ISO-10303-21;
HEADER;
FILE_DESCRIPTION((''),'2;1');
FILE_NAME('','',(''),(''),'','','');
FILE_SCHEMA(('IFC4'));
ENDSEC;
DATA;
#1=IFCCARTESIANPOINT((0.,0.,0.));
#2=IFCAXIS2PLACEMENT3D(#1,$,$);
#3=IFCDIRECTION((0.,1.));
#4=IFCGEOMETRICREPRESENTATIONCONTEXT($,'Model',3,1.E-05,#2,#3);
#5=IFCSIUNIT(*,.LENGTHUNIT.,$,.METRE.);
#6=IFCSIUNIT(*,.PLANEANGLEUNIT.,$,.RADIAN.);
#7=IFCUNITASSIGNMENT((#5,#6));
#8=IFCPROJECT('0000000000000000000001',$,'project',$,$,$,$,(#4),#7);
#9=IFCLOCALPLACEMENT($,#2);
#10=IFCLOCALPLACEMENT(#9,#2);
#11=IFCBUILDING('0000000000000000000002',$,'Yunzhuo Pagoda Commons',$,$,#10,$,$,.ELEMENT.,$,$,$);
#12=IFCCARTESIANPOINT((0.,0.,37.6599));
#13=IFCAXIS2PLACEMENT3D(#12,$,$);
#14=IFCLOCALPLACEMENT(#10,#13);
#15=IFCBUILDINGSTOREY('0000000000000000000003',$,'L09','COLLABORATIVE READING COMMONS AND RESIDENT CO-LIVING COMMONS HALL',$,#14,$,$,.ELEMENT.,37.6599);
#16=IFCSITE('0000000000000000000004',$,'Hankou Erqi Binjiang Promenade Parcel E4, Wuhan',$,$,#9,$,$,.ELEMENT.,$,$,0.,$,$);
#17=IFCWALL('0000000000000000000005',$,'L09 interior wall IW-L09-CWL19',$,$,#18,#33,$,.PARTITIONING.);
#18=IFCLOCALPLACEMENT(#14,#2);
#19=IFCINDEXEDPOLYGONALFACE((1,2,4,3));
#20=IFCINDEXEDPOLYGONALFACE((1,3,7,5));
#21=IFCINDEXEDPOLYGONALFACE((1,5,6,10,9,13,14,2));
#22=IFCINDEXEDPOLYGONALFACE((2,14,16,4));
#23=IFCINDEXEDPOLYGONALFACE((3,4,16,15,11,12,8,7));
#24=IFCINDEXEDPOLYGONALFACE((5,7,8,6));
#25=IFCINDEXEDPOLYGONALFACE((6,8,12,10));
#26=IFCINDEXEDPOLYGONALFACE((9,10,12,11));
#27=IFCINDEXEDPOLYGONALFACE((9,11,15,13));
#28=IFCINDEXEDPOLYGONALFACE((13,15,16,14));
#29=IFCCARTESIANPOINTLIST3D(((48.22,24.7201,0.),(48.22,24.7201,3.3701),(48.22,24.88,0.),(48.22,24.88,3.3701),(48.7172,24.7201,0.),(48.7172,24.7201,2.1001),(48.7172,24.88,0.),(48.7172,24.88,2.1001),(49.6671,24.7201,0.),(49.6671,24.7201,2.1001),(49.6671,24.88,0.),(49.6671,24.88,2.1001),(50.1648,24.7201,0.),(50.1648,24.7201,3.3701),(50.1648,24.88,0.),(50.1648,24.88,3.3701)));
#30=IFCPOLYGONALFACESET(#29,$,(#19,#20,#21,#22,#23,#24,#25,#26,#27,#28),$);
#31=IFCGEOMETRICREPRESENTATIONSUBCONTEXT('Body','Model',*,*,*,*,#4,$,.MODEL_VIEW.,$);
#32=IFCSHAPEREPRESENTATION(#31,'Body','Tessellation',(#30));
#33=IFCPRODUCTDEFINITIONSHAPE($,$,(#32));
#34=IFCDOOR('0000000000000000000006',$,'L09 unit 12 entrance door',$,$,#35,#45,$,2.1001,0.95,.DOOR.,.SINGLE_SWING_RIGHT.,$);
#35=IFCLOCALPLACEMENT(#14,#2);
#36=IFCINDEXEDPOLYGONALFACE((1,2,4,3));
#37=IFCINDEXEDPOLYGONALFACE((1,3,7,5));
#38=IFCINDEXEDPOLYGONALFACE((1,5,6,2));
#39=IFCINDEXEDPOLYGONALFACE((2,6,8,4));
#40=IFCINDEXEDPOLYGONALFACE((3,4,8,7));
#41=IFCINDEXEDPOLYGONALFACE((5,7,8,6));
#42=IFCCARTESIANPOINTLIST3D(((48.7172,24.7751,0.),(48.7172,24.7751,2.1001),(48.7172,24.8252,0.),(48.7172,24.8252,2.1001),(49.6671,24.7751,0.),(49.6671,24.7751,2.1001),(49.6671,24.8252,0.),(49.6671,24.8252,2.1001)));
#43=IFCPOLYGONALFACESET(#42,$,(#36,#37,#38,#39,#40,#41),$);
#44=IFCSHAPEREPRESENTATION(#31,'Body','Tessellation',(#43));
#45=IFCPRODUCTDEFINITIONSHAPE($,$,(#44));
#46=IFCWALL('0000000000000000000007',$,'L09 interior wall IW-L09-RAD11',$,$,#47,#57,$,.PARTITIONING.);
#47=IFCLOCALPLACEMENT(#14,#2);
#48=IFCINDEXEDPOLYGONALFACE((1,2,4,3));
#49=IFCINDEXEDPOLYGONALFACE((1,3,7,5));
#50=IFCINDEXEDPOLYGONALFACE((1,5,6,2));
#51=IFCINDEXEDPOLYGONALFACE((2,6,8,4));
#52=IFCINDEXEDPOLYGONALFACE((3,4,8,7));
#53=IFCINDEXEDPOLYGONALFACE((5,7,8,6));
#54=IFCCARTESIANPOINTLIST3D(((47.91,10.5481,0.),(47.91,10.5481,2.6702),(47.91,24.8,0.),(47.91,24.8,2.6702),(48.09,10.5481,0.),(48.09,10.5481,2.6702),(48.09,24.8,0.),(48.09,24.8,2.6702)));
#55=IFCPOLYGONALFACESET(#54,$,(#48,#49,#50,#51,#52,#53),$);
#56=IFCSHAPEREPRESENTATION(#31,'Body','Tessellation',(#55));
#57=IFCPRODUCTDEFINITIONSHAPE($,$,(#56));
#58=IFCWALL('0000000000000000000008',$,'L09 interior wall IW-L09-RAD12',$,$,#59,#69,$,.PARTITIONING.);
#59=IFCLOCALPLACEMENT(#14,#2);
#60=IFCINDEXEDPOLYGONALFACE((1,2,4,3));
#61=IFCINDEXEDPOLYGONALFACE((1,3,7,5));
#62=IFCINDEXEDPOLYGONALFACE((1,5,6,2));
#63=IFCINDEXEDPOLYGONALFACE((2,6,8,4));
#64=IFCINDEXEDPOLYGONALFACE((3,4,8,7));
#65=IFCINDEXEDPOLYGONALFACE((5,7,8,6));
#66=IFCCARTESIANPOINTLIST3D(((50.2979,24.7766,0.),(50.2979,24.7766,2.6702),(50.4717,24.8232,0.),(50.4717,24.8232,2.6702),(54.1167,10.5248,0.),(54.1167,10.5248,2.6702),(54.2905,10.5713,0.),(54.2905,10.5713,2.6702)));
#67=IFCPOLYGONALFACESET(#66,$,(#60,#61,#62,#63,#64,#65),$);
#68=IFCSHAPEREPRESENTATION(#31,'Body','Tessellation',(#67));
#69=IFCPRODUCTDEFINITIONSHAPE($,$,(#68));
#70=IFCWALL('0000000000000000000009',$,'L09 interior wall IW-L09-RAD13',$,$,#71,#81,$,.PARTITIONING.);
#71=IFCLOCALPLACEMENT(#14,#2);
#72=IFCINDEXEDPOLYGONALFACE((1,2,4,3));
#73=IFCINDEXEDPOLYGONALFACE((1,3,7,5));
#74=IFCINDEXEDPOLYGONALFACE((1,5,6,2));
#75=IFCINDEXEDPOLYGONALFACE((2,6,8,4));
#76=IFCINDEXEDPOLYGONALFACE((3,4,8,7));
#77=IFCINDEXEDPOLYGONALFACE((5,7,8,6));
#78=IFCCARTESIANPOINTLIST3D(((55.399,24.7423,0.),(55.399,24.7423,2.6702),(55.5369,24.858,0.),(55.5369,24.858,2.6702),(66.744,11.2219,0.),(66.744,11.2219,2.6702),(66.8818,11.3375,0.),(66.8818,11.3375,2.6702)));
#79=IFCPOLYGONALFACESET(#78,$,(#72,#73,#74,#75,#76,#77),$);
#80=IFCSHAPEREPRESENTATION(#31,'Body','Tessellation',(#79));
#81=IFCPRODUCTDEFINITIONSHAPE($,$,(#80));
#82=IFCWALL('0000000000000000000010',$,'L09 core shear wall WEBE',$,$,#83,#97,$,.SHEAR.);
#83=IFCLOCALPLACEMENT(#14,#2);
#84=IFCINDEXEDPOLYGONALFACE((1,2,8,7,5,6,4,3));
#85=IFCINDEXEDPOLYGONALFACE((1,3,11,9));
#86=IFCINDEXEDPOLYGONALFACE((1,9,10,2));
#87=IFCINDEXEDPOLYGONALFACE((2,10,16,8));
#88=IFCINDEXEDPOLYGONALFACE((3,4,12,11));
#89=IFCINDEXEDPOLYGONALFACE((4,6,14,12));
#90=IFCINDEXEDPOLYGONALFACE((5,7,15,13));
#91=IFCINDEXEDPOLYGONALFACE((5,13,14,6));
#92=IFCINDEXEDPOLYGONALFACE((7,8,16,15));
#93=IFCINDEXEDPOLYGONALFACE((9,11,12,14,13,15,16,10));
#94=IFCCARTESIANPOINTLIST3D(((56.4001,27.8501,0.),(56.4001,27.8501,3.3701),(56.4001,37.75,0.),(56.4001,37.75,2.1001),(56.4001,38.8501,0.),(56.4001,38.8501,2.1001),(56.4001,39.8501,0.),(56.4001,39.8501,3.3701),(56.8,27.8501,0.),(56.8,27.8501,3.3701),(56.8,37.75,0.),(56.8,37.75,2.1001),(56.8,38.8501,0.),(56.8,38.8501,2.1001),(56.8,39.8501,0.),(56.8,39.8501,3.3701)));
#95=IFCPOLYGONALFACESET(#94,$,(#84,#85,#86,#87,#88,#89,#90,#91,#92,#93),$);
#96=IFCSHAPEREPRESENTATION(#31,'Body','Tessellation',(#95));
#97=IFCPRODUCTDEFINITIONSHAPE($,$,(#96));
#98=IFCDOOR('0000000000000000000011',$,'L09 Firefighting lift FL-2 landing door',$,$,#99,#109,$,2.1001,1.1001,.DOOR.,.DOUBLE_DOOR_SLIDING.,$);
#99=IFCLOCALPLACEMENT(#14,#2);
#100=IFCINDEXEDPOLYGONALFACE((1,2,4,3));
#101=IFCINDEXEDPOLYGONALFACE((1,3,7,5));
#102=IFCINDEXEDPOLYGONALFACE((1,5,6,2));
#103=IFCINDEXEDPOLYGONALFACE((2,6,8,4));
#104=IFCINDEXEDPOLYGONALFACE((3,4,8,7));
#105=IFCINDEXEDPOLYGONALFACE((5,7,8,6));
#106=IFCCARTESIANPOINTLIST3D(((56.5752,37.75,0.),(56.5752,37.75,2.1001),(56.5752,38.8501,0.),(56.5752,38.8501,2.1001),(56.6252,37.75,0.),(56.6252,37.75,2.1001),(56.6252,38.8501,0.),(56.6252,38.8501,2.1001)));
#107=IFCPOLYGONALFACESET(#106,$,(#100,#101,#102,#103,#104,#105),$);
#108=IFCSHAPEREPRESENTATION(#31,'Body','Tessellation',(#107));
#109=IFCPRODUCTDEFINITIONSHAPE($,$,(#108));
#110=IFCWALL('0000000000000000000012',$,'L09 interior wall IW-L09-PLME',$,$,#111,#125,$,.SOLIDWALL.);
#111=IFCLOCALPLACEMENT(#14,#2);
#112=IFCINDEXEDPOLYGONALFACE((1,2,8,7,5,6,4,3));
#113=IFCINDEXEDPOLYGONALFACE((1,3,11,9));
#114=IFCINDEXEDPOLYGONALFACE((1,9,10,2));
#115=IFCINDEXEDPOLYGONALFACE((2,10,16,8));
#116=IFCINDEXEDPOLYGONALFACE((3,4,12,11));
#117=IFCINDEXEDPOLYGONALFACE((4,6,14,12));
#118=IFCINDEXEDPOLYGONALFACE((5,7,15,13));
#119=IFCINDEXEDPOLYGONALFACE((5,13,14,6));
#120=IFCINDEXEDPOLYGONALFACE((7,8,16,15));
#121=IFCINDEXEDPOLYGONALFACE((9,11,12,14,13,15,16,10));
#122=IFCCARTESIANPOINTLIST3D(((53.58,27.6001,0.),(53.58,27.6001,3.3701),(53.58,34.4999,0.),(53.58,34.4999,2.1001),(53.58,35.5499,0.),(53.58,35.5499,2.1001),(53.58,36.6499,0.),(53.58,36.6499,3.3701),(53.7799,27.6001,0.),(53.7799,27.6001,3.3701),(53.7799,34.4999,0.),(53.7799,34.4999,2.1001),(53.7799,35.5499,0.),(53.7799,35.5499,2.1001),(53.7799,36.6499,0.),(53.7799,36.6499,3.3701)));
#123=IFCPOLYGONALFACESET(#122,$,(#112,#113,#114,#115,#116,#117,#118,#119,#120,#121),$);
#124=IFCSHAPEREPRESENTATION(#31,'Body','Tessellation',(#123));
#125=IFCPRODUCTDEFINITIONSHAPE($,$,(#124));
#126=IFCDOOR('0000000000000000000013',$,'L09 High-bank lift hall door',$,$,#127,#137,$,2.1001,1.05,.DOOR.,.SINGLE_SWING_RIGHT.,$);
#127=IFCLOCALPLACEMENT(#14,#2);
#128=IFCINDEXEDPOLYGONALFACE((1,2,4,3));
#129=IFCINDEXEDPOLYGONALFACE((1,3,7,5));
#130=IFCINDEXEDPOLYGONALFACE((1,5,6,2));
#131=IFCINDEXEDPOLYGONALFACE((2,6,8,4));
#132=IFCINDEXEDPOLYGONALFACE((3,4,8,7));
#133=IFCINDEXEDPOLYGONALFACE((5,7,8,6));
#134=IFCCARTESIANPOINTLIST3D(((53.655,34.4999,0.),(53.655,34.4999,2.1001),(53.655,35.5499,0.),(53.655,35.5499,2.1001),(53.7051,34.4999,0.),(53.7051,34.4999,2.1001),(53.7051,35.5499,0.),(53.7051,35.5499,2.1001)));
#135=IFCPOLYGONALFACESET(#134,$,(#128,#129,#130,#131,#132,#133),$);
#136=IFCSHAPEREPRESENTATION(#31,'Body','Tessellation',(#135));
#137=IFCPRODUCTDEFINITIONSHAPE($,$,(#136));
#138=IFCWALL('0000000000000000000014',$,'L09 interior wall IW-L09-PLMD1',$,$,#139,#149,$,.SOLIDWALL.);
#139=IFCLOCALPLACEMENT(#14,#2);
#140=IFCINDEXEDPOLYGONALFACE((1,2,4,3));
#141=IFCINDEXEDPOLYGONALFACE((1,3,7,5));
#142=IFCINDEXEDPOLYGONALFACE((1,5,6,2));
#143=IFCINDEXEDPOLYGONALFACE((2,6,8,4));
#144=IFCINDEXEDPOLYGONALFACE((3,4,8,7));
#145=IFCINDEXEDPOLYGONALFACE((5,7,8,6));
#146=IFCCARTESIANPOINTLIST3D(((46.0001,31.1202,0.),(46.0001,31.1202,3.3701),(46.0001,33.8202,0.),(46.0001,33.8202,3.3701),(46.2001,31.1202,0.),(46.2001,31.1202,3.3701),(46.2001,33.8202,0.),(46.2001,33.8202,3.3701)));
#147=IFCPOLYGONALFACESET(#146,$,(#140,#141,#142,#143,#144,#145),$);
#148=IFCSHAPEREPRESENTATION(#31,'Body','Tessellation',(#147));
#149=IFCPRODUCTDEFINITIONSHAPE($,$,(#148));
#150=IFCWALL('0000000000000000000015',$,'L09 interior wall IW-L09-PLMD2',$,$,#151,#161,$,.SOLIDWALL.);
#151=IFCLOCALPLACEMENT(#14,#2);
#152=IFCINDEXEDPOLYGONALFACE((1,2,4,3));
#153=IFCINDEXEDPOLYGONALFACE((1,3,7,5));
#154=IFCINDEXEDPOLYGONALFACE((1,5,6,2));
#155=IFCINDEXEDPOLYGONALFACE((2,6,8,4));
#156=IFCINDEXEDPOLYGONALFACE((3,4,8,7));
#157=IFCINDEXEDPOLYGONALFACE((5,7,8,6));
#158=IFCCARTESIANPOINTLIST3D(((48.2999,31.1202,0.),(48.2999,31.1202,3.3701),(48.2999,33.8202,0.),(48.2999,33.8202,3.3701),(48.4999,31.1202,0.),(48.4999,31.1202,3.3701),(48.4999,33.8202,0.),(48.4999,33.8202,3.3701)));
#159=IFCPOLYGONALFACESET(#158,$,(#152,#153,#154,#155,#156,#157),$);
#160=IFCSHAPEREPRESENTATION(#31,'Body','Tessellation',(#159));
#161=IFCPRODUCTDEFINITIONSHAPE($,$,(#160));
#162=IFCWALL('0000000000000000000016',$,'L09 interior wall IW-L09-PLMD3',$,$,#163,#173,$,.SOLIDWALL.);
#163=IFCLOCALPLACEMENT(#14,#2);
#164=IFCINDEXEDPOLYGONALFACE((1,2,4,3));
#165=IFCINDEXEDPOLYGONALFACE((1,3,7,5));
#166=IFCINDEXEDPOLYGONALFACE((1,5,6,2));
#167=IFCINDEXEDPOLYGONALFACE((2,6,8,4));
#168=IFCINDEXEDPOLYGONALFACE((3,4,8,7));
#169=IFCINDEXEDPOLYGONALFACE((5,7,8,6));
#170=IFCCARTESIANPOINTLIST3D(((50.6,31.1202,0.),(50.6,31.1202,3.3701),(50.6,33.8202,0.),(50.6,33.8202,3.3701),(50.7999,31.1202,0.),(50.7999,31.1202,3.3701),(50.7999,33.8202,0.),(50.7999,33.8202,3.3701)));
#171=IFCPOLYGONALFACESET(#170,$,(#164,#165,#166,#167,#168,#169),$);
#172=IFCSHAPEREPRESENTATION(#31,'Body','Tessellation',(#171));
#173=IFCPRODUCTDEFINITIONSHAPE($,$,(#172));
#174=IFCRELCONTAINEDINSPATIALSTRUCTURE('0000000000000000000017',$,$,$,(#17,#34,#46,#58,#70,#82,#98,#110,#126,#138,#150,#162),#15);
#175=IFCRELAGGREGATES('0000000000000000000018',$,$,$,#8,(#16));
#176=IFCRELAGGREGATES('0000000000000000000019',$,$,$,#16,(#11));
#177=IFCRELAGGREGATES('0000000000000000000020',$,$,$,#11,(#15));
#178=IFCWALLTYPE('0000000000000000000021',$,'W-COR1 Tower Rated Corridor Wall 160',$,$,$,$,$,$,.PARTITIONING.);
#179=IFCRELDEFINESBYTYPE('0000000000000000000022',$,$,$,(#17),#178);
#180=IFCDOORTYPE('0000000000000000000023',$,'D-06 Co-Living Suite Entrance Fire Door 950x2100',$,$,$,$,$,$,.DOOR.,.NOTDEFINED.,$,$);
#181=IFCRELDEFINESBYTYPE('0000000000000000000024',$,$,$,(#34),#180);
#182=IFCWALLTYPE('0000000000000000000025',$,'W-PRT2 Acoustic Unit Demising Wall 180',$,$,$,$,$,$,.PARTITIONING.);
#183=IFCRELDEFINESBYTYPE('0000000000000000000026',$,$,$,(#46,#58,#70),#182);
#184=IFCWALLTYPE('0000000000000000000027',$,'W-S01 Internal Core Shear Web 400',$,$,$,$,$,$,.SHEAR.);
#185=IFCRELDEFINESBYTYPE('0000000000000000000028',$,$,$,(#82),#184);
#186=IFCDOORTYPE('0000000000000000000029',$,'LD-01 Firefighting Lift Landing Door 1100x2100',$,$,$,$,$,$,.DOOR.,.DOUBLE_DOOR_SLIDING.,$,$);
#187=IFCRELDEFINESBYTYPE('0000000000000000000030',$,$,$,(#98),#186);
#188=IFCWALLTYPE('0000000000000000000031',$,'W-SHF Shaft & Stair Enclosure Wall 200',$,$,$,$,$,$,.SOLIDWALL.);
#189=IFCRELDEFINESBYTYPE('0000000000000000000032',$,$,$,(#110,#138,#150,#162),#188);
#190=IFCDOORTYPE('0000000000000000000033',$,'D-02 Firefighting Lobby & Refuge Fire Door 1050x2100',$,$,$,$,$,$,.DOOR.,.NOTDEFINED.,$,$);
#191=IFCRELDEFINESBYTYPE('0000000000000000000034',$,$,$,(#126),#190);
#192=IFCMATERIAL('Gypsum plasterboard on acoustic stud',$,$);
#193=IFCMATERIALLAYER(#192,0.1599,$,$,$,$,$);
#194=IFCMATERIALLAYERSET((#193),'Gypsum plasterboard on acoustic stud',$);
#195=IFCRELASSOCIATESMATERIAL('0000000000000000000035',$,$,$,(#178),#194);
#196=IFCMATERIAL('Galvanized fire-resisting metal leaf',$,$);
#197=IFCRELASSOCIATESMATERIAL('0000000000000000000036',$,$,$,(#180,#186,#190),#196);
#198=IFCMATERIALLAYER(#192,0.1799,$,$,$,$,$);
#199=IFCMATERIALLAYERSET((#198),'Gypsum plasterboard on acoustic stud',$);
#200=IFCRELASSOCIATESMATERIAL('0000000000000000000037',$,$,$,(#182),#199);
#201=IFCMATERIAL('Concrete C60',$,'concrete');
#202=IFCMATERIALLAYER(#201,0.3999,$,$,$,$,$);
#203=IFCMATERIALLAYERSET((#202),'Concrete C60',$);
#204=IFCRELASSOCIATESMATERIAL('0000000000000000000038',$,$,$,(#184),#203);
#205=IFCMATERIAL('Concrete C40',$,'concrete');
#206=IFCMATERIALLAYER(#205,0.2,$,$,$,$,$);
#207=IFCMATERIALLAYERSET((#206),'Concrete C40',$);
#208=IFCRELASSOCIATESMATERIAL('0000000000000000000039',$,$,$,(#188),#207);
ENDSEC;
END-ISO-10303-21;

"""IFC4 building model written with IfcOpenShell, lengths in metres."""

from ifc_helpers import new_model, si_unit, direction, frame, frame_2d, origin, origin_with_axes, place, context, subcontext, project, spatial, rectangle, extrude, source, transform, mapped, material, layer, layer_set, type_object, element, fill, save


model = new_model("IFC4")

# Units and contexts
model_context = context("Model", 3, precision=1e-05, world=origin(), true_north=direction((0.0, 1.0)))
body_context = subcontext(model_context, "Body", "Model", "MODEL_VIEW")
ifc_project = project(units=[si_unit("LENGTHUNIT", "METRE"), si_unit("PLANEANGLEUNIT", "RADIAN")], contexts=[model_context])

# Site, building, storey
site_placement = place(None, origin())
site = spatial("IfcSite", under=ifc_project, at=site_placement, Name="Hankou Erqi Binjiang Promenade Parcel E4, Wuhan", CompositionType="ELEMENT", RefElevation=0.0)
building_placement = place(site_placement, origin())
building = spatial("IfcBuilding", under=site, at=building_placement, Name="Yunzhuo Pagoda Commons", CompositionType="ELEMENT")
storey_placement = place(building_placement, frame((0.0, 0.0, 37.6599)))
storey = spatial("IfcBuildingStorey", under=building, at=storey_placement, Name="L09", Description="COLLABORATIVE READING COMMONS AND RESIDENT CO-LIVING COMMONS HALL", CompositionType="ELEMENT", Elevation=37.6599)

# Wall, opening, door
ifc_material_1 = material(Name="Gypsum plasterboard on acoustic stud")
ifc_layer_1 = layer(ifc_material_1, 0.1599)
ifc_layer_set_1 = layer_set([ifc_layer_1], Name="Gypsum plasterboard on acoustic stud")
wall_type_1 = type_object("IfcWallType", Name="W-COR1 Tower Rated Corridor Wall 160", PredefinedType="PARTITIONING", material=ifc_layer_set_1)
ifc_material_2 = material(Name="Galvanized fire-resisting metal leaf")
door_type_1 = type_object("IfcDoorType", Name="D-06 Co-Living Suite Entrance Fire Door 950x2100", OperationType="NOTDEFINED", PredefinedType="DOOR", material=ifc_material_2)
shared_shape_1 = source(origin(), body_context, "Body", "SweptSolid", [
    extrude(rectangle(XDim=0.95, YDim=2.1001, at=frame_2d((0.4751, 1.05))), frame((0.0, 0.0249, 0.0), z_axis=(0.0, -1.0, 0.0), x_axis=(1.0, 0.0, 0.0)), (0.0, 0.0, 1.0), 0.05),
])
wall_1_placement = place(storey_placement, frame((50.1648, 24.8, 0.0), z_axis=(0.0, 0.0, 1.0), x_axis=(-1.0, 0.0, 0.0)))
wall_1 = element("IfcWall", 1, at=wall_1_placement, inside=storey, type_object=wall_type_1, Name="L09 interior wall IW-L09-CWL19", PredefinedType="PARTITIONING", context=body_context, shape_type="SweptSolid", body=[
    extrude(rectangle(XDim=1.9448, YDim=0.1599, at=frame_2d((0.9724, 0.0))), origin(), (0.0, 0.0, 1.0), 3.3701),
])
opening_1_placement = place(wall_1_placement, frame((0.4976, 0.0, 0.0)))
opening_1 = element("IfcOpeningElement", 2, at=opening_1_placement, cuts=wall_1, PredefinedType="OPENING", context=body_context, shape_type="SweptSolid", body=[
    extrude(rectangle(XDim=0.95, YDim=2.1001, at=frame_2d((0.4751, 1.05))), frame((0.0, 0.0898, 0.0), z_axis=(0.0, -1.0, 0.0), x_axis=(1.0, 0.0, 0.0)), (0.0, 0.0, 1.0), 0.1799),
])
door_1_placement = place(opening_1_placement, origin_with_axes())
door_1 = element("IfcDoor", 3, at=door_1_placement, inside=storey, type_object=door_type_1, Name="L09 unit 12 entrance door", OperationType="SINGLE_SWING_RIGHT", OverallHeight=2.1001, OverallWidth=0.95, PredefinedType="DOOR", context=body_context, shape_type="MappedRepresentation", body=[
    mapped(shared_shape_1, transform((0.0, 0.0, 0.0), scale=1.0)),
])
fill(opening_1, door_1)

# Walls
ifc_layer_2 = layer(ifc_material_1, 0.1799)
ifc_layer_set_2 = layer_set([ifc_layer_2], Name="Gypsum plasterboard on acoustic stud")
wall_type_2 = type_object("IfcWallType", Name="W-PRT2 Acoustic Unit Demising Wall 180", PredefinedType="PARTITIONING", material=ifc_layer_set_2)
wall_2_placement = place(storey_placement, frame((48.0, 24.8, 0.0), z_axis=(0.0, 0.0, 1.0), x_axis=(0.0, -1.0, 0.0)))
element("IfcWall", 4, at=wall_2_placement, inside=storey, type_object=wall_type_2, Name="L09 interior wall IW-L09-RAD11", PredefinedType="PARTITIONING", context=body_context, shape_type="SweptSolid", body=[
    extrude(rectangle(XDim=14.252, YDim=0.1799, at=frame_2d((7.126, 0.0))), origin(), (0.0, 0.0, 1.0), 2.6702),
])
wall_3_placement = place(storey_placement, frame((50.3848, 24.8, 0.0), z_axis=(0.0, 0.0, 1.0), x_axis=(0.258822, -0.965925, 0.0)))
element("IfcWall", 5, at=wall_3_placement, inside=storey, type_object=wall_type_2, Name="L09 interior wall IW-L09-RAD12", PredefinedType="PARTITIONING", context=body_context, shape_type="SweptSolid", body=[
    extrude(rectangle(XDim=14.7546, YDim=0.1799, at=frame_2d((7.3774, 0.0))), origin(), (0.0, 0.0, 1.0), 2.6702),
])
wall_4_placement = place(storey_placement, frame((55.468, 24.8, 0.0), z_axis=(0.0, 0.0, 1.0), x_axis=(0.642785, -0.766047, 0.0)))
element("IfcWall", 6, at=wall_4_placement, inside=storey, type_object=wall_type_2, Name="L09 interior wall IW-L09-RAD13", PredefinedType="PARTITIONING", context=body_context, shape_type="SweptSolid", body=[
    extrude(rectangle(XDim=17.6497, YDim=0.1799, at=frame_2d((8.8247, 0.0))), origin(), (0.0, 0.0, 1.0), 2.6702),
])

# Walls, openings, doors
ifc_material_3 = material(Name="Concrete C60", Category="concrete")
ifc_layer_3 = layer(ifc_material_3, 0.3999)
ifc_layer_set_3 = layer_set([ifc_layer_3], Name="Concrete C60")
wall_type_3 = type_object("IfcWallType", Name="W-S01 Internal Core Shear Web 400", PredefinedType="SHEAR", material=ifc_layer_set_3)
wall_5_placement = place(storey_placement, frame((56.6001, 27.8501, 0.0), z_axis=(0.0, 0.0, 1.0), x_axis=(0.0, 1.0, 0.0)))
wall_5 = element("IfcWall", 7, at=wall_5_placement, inside=storey, type_object=wall_type_3, Name="L09 core shear wall WEBE", PredefinedType="SHEAR", context=body_context, shape_type="SweptSolid", body=[
    extrude(rectangle(XDim=12.0, YDim=0.3999, at=frame_2d((6.0, 0.0))), origin(), (0.0, 0.0, 1.0), 3.3701),
])
opening_2_placement = place(wall_5_placement, frame((9.8999, 0.0, 0.0)))
opening_2 = element("IfcOpeningElement", 8, at=opening_2_placement, cuts=wall_5, PredefinedType="OPENING", context=body_context, shape_type="SweptSolid", body=[
    extrude(rectangle(XDim=1.1001, YDim=2.1001, at=frame_2d((0.55, 1.05))), frame((0.0, 0.21, 0.0), z_axis=(0.0, -1.0, 0.0), x_axis=(1.0, 0.0, 0.0)), (0.0, 0.0, 1.0), 0.4199),
])
door_type_2 = type_object("IfcDoorType", Name="LD-01 Firefighting Lift Landing Door 1100x2100", OperationType="DOUBLE_DOOR_SLIDING", PredefinedType="DOOR", material=ifc_material_2)
shared_shape_2 = source(origin(), body_context, "Body", "SweptSolid", [
    extrude(rectangle(XDim=1.1001, YDim=2.1001, at=frame_2d((0.55, 1.05))), frame((0.0, 0.0249, 0.0), z_axis=(0.0, -1.0, 0.0), x_axis=(1.0, 0.0, 0.0)), (0.0, 0.0, 1.0), 0.05),
])
door_2_placement = place(opening_2_placement, origin_with_axes())
door_2 = element("IfcDoor", 9, at=door_2_placement, inside=storey, type_object=door_type_2, Name="L09 Firefighting lift FL-2 landing door", OperationType="DOUBLE_DOOR_SLIDING", OverallHeight=2.1001, OverallWidth=1.1001, PredefinedType="DOOR", context=body_context, shape_type="MappedRepresentation", body=[
    mapped(shared_shape_2, transform((0.0, 0.0, 0.0), scale=1.0)),
])
fill(opening_2, door_2)
ifc_material_4 = material(Name="Concrete C40", Category="concrete")
ifc_layer_4 = layer(ifc_material_4, 0.2)
ifc_layer_set_4 = layer_set([ifc_layer_4], Name="Concrete C40")
wall_type_4 = type_object("IfcWallType", Name="W-SHF Shaft & Stair Enclosure Wall 200", PredefinedType="SOLIDWALL", material=ifc_layer_set_4)
wall_6_placement = place(storey_placement, frame((53.6799, 27.6001, 0.0), z_axis=(0.0, 0.0, 1.0), x_axis=(0.0, 1.0, 0.0)))
wall_6 = element("IfcWall", 10, at=wall_6_placement, inside=storey, type_object=wall_type_4, Name="L09 interior wall IW-L09-PLME", PredefinedType="SOLIDWALL", context=body_context, shape_type="SweptSolid", body=[
    extrude(rectangle(XDim=9.0498, YDim=0.2, at=frame_2d((4.5249, 0.0))), origin(), (0.0, 0.0, 1.0), 3.3701),
])
opening_3_placement = place(wall_6_placement, frame((6.8999, 0.0, 0.0)))
opening_3 = element("IfcOpeningElement", 11, at=opening_3_placement, cuts=wall_6, PredefinedType="OPENING", context=body_context, shape_type="SweptSolid", body=[
    extrude(rectangle(XDim=1.05, YDim=2.1001, at=frame_2d((0.5249, 1.05))), frame((0.0, 0.1099, 0.0), z_axis=(0.0, -1.0, 0.0), x_axis=(1.0, 0.0, 0.0)), (0.0, 0.0, 1.0), 0.22),
])
door_type_3 = type_object("IfcDoorType", Name="D-02 Firefighting Lobby & Refuge Fire Door 1050x2100", OperationType="NOTDEFINED", PredefinedType="DOOR", material=ifc_material_2)
shared_shape_3 = source(origin(), body_context, "Body", "SweptSolid", [
    extrude(rectangle(XDim=1.05, YDim=2.1001, at=frame_2d((0.5249, 1.05))), frame((0.0, 0.0249, 0.0), z_axis=(0.0, -1.0, 0.0), x_axis=(1.0, 0.0, 0.0)), (0.0, 0.0, 1.0), 0.05),
])
door_3_placement = place(opening_3_placement, origin_with_axes())
door_3 = element("IfcDoor", 12, at=door_3_placement, inside=storey, type_object=door_type_3, Name="L09 High-bank lift hall door", OperationType="SINGLE_SWING_RIGHT", OverallHeight=2.1001, OverallWidth=1.05, PredefinedType="DOOR", context=body_context, shape_type="MappedRepresentation", body=[
    mapped(shared_shape_3, transform((0.0, 0.0, 0.0), scale=1.0)),
])
fill(opening_3, door_3)

# Walls
for number, where, z_axis, x_axis, name in (
    (13, (46.1001, 31.1201, 0.0), (0.0, 0.0, 1.0), (0.0, 1.0, 0.0), "L09 interior wall IW-L09-PLMD1"),
    (14, (48.3999, 31.1201, 0.0), (0.0, 0.0, 1.0), (0.0, 1.0, 0.0), "L09 interior wall IW-L09-PLMD2"),
    (15, (50.7, 31.1201, 0.0), (0.0, 0.0, 1.0), (0.0, 1.0, 0.0), "L09 interior wall IW-L09-PLMD3"),
):
    element("IfcWall", number, at=place(storey_placement, frame(where, z_axis=z_axis, x_axis=x_axis)), inside=storey, type_object=wall_type_4, Name=name, PredefinedType="SOLIDWALL", context=body_context, shape_type="SweptSolid", body=[
        extrude(rectangle(XDim=2.7, YDim=0.2, at=frame_2d((1.3501, 0.0))), origin(), (0.0, 0.0, 1.0), 3.3701),
    ])

save(model, "model.ifc")
